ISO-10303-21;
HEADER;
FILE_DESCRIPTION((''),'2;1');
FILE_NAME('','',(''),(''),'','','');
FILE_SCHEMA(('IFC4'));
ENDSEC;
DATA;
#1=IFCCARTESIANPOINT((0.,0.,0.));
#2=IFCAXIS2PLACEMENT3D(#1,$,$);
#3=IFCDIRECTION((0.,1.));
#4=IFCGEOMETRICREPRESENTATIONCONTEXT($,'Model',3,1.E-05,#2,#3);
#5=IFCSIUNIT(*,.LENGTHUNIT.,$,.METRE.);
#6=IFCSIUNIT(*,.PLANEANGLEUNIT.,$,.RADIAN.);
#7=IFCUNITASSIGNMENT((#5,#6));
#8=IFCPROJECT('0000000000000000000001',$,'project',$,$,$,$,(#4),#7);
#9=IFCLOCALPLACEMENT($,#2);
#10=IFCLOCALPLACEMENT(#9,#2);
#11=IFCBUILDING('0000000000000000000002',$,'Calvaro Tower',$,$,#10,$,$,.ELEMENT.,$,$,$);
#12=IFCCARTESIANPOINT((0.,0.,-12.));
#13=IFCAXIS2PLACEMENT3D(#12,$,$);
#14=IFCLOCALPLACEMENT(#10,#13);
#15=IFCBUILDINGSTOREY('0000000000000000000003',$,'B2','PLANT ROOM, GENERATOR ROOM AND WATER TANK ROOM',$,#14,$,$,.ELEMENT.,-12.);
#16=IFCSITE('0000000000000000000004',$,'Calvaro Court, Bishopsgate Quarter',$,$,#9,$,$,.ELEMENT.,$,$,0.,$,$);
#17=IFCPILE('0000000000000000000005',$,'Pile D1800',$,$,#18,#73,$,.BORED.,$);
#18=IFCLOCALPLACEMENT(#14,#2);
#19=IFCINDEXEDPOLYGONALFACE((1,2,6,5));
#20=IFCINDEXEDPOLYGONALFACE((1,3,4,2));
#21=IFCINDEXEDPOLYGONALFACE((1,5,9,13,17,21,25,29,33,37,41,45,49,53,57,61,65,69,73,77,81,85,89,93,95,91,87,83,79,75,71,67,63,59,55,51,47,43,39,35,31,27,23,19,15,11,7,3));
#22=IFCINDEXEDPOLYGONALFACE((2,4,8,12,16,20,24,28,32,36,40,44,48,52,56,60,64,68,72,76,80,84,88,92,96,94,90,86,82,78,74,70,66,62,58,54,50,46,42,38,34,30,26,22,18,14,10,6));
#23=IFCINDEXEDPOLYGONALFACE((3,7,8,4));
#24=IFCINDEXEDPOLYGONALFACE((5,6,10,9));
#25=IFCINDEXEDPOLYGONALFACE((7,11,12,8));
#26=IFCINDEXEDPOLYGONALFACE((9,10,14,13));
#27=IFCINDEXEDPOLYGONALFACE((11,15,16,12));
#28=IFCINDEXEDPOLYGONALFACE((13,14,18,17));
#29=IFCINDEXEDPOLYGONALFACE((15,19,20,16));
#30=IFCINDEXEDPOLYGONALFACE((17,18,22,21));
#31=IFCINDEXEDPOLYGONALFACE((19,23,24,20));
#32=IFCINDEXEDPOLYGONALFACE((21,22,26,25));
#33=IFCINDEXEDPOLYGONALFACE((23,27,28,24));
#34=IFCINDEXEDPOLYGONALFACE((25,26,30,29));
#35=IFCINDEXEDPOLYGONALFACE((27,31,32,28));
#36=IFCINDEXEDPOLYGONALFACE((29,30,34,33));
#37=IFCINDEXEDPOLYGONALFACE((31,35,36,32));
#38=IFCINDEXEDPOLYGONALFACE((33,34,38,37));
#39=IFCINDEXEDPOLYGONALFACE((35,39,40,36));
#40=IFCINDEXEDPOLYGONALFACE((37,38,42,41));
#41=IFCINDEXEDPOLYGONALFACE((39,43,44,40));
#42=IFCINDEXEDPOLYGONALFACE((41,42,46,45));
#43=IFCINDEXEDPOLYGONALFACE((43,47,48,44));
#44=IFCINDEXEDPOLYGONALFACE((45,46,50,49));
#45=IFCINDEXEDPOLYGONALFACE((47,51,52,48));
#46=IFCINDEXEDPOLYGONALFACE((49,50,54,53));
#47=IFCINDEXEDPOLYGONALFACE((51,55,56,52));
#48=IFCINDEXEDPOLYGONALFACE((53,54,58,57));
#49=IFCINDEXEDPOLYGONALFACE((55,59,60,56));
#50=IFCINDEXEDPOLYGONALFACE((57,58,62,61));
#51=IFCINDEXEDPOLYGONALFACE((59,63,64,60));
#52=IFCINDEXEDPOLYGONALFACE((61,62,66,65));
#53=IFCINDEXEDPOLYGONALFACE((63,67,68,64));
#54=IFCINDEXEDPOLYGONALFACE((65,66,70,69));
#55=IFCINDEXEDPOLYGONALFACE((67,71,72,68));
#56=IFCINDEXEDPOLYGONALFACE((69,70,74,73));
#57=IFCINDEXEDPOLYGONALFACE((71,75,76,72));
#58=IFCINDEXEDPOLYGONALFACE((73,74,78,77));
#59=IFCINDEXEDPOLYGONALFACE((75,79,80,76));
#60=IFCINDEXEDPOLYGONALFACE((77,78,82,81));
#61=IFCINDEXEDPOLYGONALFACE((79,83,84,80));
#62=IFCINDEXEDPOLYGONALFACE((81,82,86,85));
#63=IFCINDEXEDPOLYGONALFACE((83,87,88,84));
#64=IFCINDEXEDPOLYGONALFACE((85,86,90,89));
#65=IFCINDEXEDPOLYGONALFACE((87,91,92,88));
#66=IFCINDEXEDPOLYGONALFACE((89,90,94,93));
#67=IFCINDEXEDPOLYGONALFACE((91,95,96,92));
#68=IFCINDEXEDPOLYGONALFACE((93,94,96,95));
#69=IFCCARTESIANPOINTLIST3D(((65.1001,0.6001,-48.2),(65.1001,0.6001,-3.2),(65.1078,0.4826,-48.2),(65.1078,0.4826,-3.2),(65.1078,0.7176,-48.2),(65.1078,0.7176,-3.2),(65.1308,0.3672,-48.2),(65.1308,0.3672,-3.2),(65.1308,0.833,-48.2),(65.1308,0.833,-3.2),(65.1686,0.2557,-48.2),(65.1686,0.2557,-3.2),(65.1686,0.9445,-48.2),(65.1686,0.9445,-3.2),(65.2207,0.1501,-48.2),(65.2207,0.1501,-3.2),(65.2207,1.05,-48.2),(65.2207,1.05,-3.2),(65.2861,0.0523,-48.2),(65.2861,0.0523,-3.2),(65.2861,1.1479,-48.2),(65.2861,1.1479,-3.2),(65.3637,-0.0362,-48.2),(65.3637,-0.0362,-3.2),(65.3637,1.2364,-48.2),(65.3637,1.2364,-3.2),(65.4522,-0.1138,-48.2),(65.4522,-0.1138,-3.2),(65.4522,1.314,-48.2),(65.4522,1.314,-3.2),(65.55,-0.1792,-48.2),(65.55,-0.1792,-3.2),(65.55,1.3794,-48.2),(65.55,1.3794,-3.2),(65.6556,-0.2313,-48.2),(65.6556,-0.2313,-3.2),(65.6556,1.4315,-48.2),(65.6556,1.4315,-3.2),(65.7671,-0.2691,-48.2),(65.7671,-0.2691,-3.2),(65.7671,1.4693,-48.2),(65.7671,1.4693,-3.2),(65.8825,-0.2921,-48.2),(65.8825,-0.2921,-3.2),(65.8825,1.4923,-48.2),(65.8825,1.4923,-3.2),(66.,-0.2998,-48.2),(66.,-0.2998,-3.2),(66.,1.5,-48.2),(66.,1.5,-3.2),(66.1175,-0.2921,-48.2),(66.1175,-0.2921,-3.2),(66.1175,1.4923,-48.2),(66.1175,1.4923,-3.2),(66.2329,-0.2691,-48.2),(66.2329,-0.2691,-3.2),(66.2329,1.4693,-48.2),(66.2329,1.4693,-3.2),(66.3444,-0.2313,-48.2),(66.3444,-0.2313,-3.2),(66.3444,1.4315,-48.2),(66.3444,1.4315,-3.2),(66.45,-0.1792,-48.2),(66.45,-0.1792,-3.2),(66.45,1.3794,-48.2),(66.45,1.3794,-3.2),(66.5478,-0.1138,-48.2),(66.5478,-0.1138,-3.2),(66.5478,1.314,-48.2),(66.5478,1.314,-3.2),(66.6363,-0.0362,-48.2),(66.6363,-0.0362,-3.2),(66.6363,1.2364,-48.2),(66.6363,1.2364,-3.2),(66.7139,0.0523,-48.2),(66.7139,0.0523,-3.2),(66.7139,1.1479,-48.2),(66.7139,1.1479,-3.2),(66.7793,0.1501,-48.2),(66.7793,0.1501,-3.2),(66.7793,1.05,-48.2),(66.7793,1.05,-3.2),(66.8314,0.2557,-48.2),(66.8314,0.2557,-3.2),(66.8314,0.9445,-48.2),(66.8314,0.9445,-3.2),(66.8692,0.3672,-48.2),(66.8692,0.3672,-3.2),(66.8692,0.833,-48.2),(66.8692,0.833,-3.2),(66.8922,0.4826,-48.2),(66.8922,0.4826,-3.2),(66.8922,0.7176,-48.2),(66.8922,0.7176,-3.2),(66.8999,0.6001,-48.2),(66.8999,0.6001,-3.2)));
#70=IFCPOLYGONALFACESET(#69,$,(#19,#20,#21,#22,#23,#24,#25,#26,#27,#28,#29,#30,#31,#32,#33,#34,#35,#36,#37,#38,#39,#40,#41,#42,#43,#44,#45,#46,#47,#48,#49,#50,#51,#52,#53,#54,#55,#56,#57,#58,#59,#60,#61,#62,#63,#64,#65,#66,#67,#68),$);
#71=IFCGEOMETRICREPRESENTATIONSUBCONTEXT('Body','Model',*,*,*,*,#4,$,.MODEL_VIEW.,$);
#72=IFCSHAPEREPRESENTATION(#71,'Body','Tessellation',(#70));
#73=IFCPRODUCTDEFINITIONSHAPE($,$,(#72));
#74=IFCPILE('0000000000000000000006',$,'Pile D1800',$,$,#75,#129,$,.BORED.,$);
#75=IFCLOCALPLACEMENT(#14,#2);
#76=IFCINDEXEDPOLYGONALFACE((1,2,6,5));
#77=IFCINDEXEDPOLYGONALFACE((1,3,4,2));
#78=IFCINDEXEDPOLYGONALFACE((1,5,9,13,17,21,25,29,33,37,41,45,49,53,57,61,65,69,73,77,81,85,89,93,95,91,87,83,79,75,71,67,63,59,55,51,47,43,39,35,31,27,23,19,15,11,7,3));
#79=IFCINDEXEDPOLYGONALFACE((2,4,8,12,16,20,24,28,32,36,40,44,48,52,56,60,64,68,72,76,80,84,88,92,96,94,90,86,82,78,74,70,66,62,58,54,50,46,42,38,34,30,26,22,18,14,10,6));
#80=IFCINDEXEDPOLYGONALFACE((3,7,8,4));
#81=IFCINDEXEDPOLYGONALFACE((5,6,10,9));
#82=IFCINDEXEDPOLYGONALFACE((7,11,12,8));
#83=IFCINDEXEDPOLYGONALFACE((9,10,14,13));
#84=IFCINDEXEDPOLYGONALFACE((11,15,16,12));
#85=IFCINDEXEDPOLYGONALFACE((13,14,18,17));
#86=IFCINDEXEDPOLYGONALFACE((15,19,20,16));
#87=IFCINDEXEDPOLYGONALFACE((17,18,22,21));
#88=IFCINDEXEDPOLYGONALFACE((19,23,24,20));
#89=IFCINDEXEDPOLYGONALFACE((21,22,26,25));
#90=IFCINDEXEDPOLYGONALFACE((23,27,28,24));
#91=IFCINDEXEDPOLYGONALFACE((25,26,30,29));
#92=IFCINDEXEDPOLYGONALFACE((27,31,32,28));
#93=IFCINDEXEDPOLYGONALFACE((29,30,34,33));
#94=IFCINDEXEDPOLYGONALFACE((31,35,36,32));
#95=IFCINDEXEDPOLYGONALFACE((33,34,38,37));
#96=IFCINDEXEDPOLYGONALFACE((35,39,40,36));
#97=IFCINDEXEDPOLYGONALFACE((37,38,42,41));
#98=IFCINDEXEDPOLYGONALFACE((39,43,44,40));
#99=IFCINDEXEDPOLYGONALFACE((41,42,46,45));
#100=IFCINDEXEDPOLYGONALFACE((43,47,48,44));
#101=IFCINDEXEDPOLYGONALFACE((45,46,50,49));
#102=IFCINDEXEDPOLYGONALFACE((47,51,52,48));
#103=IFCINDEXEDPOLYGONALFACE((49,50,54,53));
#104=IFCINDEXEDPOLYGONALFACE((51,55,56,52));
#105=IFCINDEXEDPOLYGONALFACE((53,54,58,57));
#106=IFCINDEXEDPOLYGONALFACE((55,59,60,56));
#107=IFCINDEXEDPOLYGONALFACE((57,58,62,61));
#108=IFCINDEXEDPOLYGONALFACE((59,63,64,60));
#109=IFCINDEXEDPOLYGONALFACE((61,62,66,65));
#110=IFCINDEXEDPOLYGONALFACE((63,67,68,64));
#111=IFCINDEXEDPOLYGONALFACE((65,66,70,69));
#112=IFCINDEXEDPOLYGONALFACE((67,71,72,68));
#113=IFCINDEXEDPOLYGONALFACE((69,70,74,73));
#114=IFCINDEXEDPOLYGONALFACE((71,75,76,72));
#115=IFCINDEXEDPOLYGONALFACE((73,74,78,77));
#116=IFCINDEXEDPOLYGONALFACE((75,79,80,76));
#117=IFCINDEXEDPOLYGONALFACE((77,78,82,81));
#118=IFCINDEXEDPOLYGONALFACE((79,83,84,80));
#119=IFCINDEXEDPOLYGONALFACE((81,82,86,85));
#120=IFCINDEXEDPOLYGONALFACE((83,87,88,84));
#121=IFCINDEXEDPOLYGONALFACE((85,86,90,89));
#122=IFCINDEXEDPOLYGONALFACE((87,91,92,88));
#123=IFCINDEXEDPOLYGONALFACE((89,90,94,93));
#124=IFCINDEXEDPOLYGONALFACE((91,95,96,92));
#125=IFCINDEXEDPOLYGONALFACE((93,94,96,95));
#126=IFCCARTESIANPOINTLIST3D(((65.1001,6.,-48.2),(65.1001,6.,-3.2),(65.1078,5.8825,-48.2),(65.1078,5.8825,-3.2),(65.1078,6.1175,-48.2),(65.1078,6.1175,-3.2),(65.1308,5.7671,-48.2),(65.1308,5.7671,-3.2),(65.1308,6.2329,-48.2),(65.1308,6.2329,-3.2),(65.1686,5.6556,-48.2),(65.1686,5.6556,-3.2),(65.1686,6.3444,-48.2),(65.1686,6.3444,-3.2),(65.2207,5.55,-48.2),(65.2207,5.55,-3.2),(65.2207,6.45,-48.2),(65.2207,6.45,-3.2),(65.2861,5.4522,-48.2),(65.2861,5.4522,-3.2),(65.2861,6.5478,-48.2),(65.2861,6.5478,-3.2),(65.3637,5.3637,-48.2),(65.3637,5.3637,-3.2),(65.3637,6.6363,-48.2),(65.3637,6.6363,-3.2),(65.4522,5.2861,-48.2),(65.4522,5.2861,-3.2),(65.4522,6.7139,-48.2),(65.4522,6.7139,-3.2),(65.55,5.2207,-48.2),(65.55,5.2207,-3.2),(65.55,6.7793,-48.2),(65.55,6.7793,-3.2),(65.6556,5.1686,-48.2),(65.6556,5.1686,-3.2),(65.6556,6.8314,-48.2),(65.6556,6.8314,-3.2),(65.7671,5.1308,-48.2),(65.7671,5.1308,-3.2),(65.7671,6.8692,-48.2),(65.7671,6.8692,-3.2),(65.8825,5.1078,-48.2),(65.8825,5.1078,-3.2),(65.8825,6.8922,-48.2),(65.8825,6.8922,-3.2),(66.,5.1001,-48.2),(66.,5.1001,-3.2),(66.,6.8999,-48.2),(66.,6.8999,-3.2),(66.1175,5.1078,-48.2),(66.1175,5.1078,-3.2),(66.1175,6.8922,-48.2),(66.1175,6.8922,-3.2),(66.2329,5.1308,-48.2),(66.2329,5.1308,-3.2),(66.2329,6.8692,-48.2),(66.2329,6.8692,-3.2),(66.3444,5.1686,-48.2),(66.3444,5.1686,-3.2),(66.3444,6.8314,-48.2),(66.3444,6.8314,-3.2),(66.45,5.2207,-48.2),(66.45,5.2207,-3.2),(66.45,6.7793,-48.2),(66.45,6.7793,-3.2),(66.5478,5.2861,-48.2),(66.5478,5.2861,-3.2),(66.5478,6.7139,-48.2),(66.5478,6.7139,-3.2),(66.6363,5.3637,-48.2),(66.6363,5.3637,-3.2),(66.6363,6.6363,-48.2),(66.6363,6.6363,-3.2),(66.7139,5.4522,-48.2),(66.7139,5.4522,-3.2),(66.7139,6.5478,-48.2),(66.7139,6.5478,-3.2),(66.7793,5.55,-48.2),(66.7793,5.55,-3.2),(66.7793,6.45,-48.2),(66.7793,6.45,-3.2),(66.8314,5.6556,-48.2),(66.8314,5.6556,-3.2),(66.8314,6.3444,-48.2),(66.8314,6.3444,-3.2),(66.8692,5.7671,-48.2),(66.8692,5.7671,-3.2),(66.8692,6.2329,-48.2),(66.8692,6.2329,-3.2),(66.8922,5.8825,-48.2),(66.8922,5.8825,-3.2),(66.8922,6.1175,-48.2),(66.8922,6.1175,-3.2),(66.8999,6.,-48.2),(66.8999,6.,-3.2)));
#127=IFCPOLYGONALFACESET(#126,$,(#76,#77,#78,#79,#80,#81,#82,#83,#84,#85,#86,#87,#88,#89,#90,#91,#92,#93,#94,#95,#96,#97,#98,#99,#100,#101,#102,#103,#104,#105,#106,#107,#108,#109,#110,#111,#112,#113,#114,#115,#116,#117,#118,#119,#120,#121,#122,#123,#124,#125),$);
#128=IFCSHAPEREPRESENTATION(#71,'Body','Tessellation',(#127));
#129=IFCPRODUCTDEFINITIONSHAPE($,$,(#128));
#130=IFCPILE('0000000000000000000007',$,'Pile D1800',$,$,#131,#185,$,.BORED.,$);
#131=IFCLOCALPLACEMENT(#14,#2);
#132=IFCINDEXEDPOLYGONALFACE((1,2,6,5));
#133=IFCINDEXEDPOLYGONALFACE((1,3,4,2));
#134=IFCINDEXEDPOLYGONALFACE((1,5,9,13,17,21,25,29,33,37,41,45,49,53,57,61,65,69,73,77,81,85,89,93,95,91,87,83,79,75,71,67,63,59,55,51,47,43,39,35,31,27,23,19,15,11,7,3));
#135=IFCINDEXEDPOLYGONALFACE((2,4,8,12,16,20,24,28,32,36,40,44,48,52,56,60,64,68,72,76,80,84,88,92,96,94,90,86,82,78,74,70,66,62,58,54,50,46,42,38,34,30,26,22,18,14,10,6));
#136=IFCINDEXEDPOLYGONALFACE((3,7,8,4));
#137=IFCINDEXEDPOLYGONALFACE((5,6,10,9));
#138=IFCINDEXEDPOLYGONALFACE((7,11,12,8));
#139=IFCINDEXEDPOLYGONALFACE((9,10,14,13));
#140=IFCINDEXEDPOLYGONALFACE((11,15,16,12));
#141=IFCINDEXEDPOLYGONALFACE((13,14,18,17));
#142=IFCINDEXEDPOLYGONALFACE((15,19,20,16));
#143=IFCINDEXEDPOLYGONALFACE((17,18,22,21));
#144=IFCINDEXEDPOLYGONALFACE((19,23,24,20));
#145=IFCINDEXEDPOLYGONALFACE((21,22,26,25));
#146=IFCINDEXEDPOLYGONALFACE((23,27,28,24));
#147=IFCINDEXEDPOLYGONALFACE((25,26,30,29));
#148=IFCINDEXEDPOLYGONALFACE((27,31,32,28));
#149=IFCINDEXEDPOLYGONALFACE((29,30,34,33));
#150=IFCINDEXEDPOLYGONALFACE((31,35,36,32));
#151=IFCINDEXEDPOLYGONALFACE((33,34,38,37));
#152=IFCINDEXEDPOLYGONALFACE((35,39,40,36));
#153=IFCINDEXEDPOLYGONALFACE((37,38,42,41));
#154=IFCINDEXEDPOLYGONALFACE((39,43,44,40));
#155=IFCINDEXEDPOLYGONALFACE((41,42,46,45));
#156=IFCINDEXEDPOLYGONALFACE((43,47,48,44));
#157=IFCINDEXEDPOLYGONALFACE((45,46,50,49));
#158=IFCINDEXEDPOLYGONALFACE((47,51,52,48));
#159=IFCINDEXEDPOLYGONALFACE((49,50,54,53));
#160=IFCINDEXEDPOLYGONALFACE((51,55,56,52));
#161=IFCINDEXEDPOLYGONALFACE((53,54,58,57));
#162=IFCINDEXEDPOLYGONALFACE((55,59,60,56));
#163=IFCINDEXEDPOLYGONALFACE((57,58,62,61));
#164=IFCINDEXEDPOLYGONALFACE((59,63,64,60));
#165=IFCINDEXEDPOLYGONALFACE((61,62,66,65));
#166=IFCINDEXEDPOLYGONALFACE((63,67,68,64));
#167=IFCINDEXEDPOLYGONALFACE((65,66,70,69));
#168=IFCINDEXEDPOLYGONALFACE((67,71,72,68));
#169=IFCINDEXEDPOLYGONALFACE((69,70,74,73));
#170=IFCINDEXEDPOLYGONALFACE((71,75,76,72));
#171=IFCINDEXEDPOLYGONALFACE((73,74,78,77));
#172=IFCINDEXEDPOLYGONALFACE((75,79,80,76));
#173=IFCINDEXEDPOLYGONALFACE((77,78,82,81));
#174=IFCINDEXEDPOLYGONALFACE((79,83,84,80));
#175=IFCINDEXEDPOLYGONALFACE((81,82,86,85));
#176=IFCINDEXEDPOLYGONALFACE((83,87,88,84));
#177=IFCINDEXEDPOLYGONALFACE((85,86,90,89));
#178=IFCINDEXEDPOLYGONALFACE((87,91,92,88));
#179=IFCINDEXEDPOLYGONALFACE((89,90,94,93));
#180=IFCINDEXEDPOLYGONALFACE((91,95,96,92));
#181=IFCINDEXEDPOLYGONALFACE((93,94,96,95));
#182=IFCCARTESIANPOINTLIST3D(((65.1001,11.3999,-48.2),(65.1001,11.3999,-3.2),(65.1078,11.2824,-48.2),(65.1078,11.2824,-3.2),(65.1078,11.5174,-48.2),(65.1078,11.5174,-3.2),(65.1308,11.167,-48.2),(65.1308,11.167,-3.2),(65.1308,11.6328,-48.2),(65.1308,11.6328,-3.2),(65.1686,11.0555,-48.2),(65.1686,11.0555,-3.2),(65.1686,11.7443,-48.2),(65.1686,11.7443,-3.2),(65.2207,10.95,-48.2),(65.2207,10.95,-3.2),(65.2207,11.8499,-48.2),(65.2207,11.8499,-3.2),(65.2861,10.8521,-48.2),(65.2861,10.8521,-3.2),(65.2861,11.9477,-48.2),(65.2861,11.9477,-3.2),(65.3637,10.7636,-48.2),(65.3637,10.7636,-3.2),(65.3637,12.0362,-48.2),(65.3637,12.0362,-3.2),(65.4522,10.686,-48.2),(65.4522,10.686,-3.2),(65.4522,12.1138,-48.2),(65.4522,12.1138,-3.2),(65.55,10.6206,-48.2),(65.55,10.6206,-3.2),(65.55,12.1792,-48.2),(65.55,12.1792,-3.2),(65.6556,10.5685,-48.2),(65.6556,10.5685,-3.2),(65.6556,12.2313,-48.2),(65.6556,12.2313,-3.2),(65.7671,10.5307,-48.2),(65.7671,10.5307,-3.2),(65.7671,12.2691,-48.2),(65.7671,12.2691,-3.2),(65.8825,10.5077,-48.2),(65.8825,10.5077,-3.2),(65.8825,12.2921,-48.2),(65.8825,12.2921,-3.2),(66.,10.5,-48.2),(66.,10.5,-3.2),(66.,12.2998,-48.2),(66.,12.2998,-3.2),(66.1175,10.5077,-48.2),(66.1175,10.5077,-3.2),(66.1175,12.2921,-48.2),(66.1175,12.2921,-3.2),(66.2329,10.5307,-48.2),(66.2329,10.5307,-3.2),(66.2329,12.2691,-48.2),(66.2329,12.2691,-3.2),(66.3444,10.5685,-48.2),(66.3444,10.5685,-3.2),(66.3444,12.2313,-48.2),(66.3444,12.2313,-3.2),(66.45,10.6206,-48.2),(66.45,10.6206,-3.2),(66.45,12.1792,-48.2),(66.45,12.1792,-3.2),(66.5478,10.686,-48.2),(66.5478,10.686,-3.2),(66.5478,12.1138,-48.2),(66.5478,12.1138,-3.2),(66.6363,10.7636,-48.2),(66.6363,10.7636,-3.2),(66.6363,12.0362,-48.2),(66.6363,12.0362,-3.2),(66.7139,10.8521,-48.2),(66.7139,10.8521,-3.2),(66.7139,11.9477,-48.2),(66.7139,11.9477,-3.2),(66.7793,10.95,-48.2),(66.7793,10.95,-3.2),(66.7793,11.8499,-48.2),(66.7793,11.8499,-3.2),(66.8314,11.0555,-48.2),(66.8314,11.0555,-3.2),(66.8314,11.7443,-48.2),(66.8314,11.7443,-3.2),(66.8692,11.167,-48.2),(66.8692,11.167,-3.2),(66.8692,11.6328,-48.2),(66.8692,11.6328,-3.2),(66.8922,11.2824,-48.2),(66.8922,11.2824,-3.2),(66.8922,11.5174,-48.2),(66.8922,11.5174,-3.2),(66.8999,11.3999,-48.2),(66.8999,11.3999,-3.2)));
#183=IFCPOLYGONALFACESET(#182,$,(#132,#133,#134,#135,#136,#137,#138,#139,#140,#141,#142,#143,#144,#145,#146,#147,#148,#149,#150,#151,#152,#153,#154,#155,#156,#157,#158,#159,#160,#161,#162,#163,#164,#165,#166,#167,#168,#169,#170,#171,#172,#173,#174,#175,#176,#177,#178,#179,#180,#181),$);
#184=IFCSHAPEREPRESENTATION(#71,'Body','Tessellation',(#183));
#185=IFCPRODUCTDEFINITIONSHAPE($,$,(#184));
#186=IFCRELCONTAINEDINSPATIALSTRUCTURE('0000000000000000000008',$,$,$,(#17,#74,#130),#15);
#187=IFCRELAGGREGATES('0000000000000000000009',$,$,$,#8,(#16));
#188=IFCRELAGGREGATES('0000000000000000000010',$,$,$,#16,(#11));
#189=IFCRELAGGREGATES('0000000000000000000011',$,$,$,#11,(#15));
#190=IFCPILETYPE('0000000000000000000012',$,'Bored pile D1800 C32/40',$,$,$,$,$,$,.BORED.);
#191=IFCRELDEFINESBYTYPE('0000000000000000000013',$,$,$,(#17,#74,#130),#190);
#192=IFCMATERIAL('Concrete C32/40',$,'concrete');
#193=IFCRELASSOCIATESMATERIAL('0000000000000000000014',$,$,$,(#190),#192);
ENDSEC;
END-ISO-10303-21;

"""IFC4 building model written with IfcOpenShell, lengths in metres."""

from ifc_helpers import new_model, si_unit, direction, frame, origin, origin_2d, place, context, subcontext, project, spatial, circle, extrude, material, material_profile, profile_set, type_object, element, save


model = new_model("IFC4")

# Units and contexts
model_context = context("Model", 3, precision=1e-05, world=origin(), true_north=direction((0.0, 1.0)))
body_context = subcontext(model_context, "Body", "Model", "MODEL_VIEW")
ifc_project = project(units=[si_unit("LENGTHUNIT", "METRE"), si_unit("PLANEANGLEUNIT", "RADIAN")], contexts=[model_context])

# Site, building, storey
site_placement = place(None, origin())
site = spatial("IfcSite", under=ifc_project, at=site_placement, Name="Calvaro Court, Bishopsgate Quarter", CompositionType="ELEMENT", RefElevation=0.0)
building_placement = place(site_placement, origin())
building = spatial("IfcBuilding", under=site, at=building_placement, Name="Calvaro Tower", CompositionType="ELEMENT")
storey_placement = place(building_placement, frame((0.0, 0.0, -12.0)))
storey = spatial("IfcBuildingStorey", under=building, at=storey_placement, Name="B2", Description="PLANT ROOM, GENERATOR ROOM AND WATER TANK ROOM", CompositionType="ELEMENT", Elevation=-12.0)

# Piles
ifc_material_1 = material(Name="Concrete C32/40", Category="concrete")
ifc_material_profile_1 = material_profile(ifc_material_1, circle(Radius=0.8999, at=origin_2d()), Name="Bored pile D1800")
ifc_profile_set_1 = profile_set([ifc_material_profile_1], Name="Concrete C32/40")
pile_type = type_object("IfcPileType", Name="Bored pile D1800 C32/40", PredefinedType="BORED", material=ifc_profile_set_1)
for number, where, z_axis, x_axis, name in (
    (1, (66.0, 0.6001, -3.2), (0.0, 0.0, -1.0), (1.0, 0.0, 0.0), "Pile D1800"),
    (2, (66.0, 6.0, -3.2), (0.0, 0.0, -1.0), (1.0, 0.0, 0.0), "Pile D1800"),
    (3, (66.0, 11.3999, -3.2), (0.0, 0.0, -1.0), (1.0, 0.0, 0.0), "Pile D1800"),
):
    element("IfcPile", number, at=place(storey_placement, frame(where, z_axis=z_axis, x_axis=x_axis)), inside=storey, type_object=pile_type, Name=name, PredefinedType="BORED", context=body_context, shape_type="SweptSolid", body=[
        extrude(circle(Radius=0.8999, at=origin_2d()), origin(), (0.0, 0.0, 1.0), 45.0),
    ])

save(model, "model.ifc")
